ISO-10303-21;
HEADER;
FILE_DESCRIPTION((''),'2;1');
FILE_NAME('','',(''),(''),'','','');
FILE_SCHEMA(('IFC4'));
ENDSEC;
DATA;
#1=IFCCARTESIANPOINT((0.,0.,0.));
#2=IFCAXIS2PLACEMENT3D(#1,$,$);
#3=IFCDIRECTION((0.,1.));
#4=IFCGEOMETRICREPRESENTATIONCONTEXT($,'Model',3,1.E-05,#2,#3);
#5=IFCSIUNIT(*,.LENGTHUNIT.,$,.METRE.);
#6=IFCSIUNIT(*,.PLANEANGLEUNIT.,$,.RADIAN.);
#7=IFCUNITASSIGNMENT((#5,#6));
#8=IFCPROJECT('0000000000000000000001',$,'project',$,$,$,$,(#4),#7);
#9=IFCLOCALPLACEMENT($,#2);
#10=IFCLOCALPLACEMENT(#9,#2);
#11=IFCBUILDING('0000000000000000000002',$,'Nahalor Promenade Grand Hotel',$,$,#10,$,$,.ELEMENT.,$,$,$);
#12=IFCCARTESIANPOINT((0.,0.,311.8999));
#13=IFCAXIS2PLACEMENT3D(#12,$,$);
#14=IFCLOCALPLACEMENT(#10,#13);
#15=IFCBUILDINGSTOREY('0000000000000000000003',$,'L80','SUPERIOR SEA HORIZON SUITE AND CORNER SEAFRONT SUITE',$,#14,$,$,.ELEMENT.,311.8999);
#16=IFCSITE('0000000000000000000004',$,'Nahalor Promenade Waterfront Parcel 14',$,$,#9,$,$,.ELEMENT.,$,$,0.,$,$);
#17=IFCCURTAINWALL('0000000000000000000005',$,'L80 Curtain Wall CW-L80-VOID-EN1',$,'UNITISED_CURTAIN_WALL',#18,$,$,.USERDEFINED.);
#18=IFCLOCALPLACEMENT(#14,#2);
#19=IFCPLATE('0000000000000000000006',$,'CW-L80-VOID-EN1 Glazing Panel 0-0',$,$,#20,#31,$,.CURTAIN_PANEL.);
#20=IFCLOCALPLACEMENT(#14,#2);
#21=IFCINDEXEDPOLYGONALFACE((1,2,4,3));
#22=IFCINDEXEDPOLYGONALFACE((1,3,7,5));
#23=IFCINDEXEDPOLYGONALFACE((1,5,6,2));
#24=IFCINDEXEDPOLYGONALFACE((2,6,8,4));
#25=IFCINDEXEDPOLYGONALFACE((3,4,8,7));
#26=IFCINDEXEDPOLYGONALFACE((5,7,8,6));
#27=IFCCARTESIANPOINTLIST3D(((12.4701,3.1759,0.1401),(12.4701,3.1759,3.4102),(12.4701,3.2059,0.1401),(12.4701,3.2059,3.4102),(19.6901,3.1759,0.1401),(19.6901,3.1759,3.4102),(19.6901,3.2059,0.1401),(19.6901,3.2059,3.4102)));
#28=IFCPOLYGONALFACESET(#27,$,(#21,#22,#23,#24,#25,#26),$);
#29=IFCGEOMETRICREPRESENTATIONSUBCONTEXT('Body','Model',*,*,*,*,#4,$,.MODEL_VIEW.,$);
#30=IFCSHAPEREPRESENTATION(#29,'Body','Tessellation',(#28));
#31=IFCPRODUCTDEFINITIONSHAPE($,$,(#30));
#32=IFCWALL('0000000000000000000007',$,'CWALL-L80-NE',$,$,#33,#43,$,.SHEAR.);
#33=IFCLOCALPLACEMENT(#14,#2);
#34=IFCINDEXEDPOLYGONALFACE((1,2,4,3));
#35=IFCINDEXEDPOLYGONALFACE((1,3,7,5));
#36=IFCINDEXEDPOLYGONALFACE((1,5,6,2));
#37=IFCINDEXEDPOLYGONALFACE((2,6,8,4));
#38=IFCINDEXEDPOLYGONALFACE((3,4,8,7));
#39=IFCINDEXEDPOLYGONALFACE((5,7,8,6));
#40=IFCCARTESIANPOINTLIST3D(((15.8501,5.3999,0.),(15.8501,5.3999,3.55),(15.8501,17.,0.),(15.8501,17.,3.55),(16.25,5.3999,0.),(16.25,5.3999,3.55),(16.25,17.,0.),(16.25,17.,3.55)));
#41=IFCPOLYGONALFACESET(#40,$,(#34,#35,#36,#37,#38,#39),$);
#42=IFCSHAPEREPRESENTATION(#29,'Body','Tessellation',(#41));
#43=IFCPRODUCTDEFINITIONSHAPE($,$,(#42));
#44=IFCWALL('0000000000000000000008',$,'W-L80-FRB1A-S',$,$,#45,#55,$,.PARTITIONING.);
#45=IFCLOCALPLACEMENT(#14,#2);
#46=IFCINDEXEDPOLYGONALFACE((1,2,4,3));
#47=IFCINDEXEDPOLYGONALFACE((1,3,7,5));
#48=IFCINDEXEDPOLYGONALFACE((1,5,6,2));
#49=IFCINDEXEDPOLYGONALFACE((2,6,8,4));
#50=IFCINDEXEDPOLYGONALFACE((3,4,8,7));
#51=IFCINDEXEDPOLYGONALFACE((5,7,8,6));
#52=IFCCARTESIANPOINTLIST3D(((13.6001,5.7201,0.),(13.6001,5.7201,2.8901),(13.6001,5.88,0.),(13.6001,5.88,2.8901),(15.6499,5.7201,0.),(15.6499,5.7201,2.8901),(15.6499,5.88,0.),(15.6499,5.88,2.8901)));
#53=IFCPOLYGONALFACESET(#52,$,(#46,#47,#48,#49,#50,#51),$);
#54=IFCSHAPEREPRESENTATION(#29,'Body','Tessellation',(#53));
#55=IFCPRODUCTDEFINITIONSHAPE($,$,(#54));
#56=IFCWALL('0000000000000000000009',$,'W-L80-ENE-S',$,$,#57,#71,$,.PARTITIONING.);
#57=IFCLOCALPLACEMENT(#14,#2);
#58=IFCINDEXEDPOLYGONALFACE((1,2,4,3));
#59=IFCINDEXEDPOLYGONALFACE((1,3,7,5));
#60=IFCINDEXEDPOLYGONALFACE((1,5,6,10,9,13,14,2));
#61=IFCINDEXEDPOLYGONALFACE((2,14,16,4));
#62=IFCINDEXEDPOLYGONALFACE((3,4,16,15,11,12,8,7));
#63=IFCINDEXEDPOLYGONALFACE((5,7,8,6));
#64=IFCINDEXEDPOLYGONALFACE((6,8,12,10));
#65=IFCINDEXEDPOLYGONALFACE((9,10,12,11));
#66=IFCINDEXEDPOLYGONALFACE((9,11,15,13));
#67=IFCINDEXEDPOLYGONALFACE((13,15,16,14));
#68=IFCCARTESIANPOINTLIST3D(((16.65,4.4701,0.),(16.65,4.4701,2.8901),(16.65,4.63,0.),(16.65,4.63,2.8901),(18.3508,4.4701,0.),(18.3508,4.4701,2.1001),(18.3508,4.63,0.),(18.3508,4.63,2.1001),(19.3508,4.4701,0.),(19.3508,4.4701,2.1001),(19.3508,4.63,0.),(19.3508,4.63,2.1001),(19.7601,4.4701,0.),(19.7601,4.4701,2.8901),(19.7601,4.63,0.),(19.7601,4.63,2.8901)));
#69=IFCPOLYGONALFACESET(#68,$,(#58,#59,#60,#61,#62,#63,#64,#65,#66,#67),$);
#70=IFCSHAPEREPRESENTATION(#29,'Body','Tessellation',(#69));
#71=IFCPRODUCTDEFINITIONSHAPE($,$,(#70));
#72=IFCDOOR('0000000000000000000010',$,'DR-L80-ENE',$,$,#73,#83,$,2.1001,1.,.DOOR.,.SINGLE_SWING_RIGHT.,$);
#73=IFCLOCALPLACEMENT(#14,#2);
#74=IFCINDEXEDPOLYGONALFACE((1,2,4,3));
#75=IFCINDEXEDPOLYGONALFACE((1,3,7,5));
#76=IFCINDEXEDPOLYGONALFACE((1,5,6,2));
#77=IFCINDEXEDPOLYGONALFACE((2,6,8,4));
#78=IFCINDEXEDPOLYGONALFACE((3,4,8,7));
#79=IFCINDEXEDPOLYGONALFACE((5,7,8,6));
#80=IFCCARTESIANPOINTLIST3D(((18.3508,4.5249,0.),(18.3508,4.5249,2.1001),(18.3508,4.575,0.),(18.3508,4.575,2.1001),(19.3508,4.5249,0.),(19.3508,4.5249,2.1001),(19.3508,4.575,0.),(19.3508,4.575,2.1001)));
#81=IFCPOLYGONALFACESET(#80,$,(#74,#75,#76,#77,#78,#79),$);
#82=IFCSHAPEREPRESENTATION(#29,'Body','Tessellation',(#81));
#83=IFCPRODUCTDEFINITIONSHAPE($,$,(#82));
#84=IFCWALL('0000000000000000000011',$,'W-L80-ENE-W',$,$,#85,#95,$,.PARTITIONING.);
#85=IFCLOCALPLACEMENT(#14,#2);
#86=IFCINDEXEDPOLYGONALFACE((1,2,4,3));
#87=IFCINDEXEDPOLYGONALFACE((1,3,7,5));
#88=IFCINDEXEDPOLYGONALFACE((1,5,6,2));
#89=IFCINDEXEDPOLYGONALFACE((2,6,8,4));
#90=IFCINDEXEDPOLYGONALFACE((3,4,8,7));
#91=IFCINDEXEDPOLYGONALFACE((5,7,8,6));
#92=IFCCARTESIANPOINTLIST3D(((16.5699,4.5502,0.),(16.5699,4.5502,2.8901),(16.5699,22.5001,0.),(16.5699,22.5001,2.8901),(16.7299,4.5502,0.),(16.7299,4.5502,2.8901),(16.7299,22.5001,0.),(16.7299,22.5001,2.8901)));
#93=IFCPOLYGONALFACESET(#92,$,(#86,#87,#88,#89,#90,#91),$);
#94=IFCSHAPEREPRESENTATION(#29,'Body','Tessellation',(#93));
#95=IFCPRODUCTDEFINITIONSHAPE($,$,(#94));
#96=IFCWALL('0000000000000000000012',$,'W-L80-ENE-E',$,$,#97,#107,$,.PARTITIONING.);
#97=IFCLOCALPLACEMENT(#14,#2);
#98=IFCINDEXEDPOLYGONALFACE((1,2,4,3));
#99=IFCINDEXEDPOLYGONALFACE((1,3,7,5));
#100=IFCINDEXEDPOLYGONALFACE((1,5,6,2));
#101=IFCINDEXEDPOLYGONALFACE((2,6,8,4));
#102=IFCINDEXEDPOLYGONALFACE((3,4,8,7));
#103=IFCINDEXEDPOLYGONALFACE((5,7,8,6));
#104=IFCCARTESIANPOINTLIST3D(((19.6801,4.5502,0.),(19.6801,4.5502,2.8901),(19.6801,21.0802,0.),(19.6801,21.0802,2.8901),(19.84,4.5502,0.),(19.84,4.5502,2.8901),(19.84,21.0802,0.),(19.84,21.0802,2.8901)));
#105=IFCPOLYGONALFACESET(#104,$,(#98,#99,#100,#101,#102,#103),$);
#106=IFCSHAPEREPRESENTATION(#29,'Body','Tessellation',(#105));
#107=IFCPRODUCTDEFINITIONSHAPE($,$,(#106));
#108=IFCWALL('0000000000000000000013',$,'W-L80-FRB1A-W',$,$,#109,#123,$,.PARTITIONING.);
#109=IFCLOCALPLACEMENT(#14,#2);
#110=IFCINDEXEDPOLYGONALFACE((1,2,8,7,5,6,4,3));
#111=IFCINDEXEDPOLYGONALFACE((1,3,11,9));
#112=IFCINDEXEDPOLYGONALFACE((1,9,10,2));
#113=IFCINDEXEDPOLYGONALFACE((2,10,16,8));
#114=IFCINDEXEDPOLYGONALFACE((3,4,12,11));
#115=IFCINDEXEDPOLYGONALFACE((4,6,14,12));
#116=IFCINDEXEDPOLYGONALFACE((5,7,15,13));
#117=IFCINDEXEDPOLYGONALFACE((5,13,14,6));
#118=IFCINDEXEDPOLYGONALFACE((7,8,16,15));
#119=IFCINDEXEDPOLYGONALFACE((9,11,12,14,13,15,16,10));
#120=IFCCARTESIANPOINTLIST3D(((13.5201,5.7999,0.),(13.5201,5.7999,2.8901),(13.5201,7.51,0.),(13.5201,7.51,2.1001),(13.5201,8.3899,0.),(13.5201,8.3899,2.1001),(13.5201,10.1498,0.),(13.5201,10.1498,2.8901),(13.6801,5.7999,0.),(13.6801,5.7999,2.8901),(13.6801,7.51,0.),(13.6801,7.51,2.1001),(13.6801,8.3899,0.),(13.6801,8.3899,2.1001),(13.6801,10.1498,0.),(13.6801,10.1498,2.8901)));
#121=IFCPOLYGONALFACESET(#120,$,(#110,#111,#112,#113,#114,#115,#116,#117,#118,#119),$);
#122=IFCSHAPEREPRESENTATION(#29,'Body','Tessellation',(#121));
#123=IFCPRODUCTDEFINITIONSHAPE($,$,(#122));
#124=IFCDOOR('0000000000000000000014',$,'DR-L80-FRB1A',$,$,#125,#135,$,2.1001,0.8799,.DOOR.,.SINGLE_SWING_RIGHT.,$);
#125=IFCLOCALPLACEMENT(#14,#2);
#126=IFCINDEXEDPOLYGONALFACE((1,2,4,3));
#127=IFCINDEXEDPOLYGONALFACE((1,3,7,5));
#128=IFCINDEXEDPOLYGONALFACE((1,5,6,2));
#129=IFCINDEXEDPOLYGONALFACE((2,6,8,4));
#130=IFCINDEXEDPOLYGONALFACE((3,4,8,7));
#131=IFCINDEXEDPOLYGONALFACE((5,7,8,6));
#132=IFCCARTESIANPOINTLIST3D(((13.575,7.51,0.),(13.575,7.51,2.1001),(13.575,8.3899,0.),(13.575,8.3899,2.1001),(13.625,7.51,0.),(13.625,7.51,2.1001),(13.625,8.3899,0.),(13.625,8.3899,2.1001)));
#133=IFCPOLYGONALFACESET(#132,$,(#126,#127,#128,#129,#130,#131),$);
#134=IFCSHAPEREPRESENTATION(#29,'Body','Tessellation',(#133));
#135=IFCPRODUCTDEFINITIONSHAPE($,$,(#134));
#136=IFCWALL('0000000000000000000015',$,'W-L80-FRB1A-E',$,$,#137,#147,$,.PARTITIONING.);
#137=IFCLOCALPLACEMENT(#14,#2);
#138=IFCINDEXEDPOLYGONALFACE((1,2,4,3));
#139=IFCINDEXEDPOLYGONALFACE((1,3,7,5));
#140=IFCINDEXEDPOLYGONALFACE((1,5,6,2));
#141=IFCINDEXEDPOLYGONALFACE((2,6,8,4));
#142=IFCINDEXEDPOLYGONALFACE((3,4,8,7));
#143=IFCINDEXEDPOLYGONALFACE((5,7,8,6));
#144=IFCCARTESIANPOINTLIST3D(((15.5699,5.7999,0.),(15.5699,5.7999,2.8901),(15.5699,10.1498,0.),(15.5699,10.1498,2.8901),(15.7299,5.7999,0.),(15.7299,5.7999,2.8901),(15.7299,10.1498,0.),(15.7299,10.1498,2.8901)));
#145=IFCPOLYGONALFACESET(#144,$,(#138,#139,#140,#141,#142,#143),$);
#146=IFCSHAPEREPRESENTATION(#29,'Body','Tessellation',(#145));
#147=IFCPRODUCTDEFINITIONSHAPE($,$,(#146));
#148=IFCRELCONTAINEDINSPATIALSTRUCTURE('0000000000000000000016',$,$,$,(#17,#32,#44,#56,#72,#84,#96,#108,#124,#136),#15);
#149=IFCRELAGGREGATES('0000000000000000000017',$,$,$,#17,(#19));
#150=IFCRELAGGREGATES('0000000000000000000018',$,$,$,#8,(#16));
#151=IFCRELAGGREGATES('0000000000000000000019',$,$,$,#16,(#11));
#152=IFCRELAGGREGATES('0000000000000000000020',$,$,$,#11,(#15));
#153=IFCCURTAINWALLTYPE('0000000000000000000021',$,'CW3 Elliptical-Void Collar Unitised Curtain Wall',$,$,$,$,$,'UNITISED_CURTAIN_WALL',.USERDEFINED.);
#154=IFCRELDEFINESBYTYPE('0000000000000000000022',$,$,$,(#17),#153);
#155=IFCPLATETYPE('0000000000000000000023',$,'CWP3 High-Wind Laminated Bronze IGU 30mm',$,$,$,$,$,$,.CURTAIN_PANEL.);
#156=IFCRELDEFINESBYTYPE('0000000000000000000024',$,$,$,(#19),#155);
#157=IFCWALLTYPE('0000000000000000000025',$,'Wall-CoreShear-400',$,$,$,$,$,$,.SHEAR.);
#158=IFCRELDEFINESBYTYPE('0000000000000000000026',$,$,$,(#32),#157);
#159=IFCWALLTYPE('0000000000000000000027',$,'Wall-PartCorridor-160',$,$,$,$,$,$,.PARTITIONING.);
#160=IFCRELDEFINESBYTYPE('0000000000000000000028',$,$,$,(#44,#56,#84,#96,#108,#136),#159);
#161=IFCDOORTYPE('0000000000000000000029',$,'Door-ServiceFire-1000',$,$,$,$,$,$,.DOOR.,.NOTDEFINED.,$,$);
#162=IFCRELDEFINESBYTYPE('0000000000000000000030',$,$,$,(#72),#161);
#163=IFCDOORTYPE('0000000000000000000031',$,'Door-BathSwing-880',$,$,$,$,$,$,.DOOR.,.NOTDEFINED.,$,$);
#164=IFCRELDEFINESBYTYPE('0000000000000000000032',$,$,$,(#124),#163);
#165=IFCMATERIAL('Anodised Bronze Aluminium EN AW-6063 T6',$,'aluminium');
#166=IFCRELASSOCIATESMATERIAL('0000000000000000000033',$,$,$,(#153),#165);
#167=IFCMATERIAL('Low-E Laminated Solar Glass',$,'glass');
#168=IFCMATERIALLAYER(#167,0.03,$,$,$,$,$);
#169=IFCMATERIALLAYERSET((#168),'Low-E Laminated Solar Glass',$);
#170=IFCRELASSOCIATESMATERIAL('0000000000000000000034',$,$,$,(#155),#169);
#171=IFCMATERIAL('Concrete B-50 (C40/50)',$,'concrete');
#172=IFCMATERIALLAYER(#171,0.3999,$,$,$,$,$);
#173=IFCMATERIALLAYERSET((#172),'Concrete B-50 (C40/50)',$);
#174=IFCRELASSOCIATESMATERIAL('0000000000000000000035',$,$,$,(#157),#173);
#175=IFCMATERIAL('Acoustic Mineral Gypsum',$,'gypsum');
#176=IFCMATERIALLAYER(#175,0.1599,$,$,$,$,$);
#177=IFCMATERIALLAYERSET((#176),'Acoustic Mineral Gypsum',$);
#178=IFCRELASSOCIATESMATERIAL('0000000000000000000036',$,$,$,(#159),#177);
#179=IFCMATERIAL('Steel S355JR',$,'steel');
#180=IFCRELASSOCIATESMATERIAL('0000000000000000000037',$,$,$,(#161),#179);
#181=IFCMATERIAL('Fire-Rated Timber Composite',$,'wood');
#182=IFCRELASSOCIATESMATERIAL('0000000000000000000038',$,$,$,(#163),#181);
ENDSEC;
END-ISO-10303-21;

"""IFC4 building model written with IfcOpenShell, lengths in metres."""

from ifc_helpers import new_model, si_unit, direction, frame, frame_2d, origin, origin_2d, place, context, subcontext, project, spatial, rectangle, extrude, source, transform, mapped, material, layer, layer_set, type_object, element, fill, aggregate, save


model = new_model("IFC4")

# Units and contexts
model_context = context("Model", 3, precision=1e-05, world=origin(), true_north=direction((0.0, 1.0)))
body_context = subcontext(model_context, "Body", "Model", "MODEL_VIEW")
ifc_project = project(units=[si_unit("LENGTHUNIT", "METRE"), si_unit("PLANEANGLEUNIT", "RADIAN")], contexts=[model_context])

# Site, building, storey
site_placement = place(None, origin())
site = spatial("IfcSite", under=ifc_project, at=site_placement, Name="Nahalor Promenade Waterfront Parcel 14", CompositionType="ELEMENT", RefElevation=0.0)
building_placement = place(site_placement, origin())
building = spatial("IfcBuilding", under=site, at=building_placement, Name="Nahalor Promenade Grand Hotel", CompositionType="ELEMENT")
storey_placement = place(building_placement, frame((0.0, 0.0, 311.8999)))
storey = spatial("IfcBuildingStorey", under=building, at=storey_placement, Name="L80", Description="SUPERIOR SEA HORIZON SUITE AND CORNER SEAFRONT SUITE", CompositionType="ELEMENT", Elevation=311.8999)

# Shared definitions
ifc_material_1 = material(Name="Steel S355JR", Category="steel")

# Curtain wall
ifc_material_2 = material(Name="Anodised Bronze Aluminium EN AW-6063 T6", Category="aluminium")
curtain_wall_type = type_object("IfcCurtainWallType", Name="CW3 Elliptical-Void Collar Unitised Curtain Wall", ElementType="UNITISED_CURTAIN_WALL", PredefinedType="USERDEFINED", material=ifc_material_2)
curtain_wall_1_placement = place(storey_placement, origin())
curtain_wall_1 = element("IfcCurtainWall", 1, at=curtain_wall_1_placement, inside=storey, type_object=curtain_wall_type, Name="L80 Curtain Wall CW-L80-VOID-EN1", ObjectType="UNITISED_CURTAIN_WALL", PredefinedType="USERDEFINED")

# Plate
ifc_material_3 = material(Name="Low-E Laminated Solar Glass", Category="glass")
ifc_layer_1 = layer(ifc_material_3, 0.03)
ifc_layer_set_1 = layer_set([ifc_layer_1], Name="Low-E Laminated Solar Glass")
plate_type_1 = type_object("IfcPlateType", Name="CWP3 High-Wind Laminated Bronze IGU 30mm", PredefinedType="CURTAIN_PANEL", material=ifc_layer_set_1)
shared_shape_1 = source(origin(), body_context, "Body", "SweptSolid", [
    extrude(rectangle(XDim=7.22, YDim=0.03, at=origin_2d()), origin(), (0.0, 0.0, 1.0), 3.27),
])
plate_1_placement = place(storey_placement, frame((16.0801, 3.1909, 0.1401), z_axis=(0.0, 0.0, 1.0), x_axis=(1.0, 0.0, 0.0)))
plate_1 = element("IfcPlate", 2, at=plate_1_placement, type_object=plate_type_1, Name="CW-L80-VOID-EN1 Glazing Panel 0-0", PredefinedType="CURTAIN_PANEL", context=body_context, shape_type="MappedRepresentation", body=[
    mapped(shared_shape_1, transform((0.0, 0.0, 0.0), scale=1.0)),
])
aggregate(curtain_wall_1, [plate_1])

# Walls
ifc_material_4 = material(Name="Concrete B-50 (C40/50)", Category="concrete")
ifc_layer_2 = layer(ifc_material_4, 0.3999)
ifc_layer_set_2 = layer_set([ifc_layer_2], Name="Concrete B-50 (C40/50)")
wall_type_1 = type_object("IfcWallType", Name="Wall-CoreShear-400", PredefinedType="SHEAR", material=ifc_layer_set_2)
shared_shape_2 = source(origin(), body_context, "Body", "SweptSolid", [
    extrude(rectangle(XDim=11.6001, YDim=0.3999, at=frame_2d((5.8, 0.0))), origin(), (0.0, 0.0, 1.0), 3.55),
])
wall_1_placement = place(storey_placement, frame((16.05, 5.3999, 0.0), z_axis=(0.0, 0.0, 1.0), x_axis=(0.0, 1.0, 0.0)))
element("IfcWall", 3, at=wall_1_placement, inside=storey, type_object=wall_type_1, Name="CWALL-L80-NE", PredefinedType="SHEAR", context=body_context, shape_type="MappedRepresentation", body=[
    mapped(shared_shape_2, transform((0.0, 0.0, 0.0), scale=1.0)),
])
ifc_material_5 = material(Name="Acoustic Mineral Gypsum", Category="gypsum")
ifc_layer_3 = layer(ifc_material_5, 0.1599)
ifc_layer_set_3 = layer_set([ifc_layer_3], Name="Acoustic Mineral Gypsum")
wall_type_2 = type_object("IfcWallType", Name="Wall-PartCorridor-160", PredefinedType="PARTITIONING", material=ifc_layer_set_3)
shared_shape_3 = source(origin(), body_context, "Body", "SweptSolid", [
    extrude(rectangle(XDim=2.0498, YDim=0.1599, at=frame_2d((1.0249, 0.0))), origin(), (0.0, 0.0, 1.0), 2.8901),
])
wall_2_placement = place(storey_placement, frame((13.6001, 5.8, 0.0), z_axis=(0.0, 0.0, 1.0), x_axis=(1.0, 0.0, 0.0)))
element("IfcWall", 4, at=wall_2_placement, inside=storey, type_object=wall_type_2, Name="W-L80-FRB1A-S", PredefinedType="PARTITIONING", context=body_context, shape_type="MappedRepresentation", body=[
    mapped(shared_shape_3, transform((0.0, 0.0, 0.0), scale=1.0)),
])

# Wall, opening, door
shared_shape_4 = source(origin(), body_context, "Body", "SweptSolid", [
    extrude(rectangle(XDim=3.1101, YDim=0.1599, at=frame_2d((1.5552, 0.0))), origin(), (0.0, 0.0, 1.0), 2.8901),
])
wall_3_placement = place(storey_placement, frame((16.6499, 4.55, 0.0), z_axis=(0.0, 0.0, 1.0), x_axis=(1.0, 0.0, 0.0)))
wall_3 = element("IfcWall", 5, at=wall_3_placement, inside=storey, type_object=wall_type_2, Name="W-L80-ENE-S", PredefinedType="PARTITIONING", context=body_context, shape_type="MappedRepresentation", body=[
    mapped(shared_shape_4, transform((0.0, 0.0, 0.0), scale=1.0)),
])
opening_1_placement = place(wall_3_placement, frame((1.7009, 0.0, 0.0)))
opening_1 = element("IfcOpeningElement", 6, at=opening_1_placement, cuts=wall_3, PredefinedType="OPENING", context=body_context, shape_type="SweptSolid", body=[
    extrude(rectangle(XDim=1.0, YDim=2.1001, at=frame_2d((0.5, 1.05))), frame((0.0, 0.0898, 0.0), z_axis=(0.0, -1.0, 0.0), x_axis=(1.0, 0.0, 0.0)), (0.0, 0.0, 1.0), 0.1799),
])
door_type_1 = type_object("IfcDoorType", Name="Door-ServiceFire-1000", OperationType="NOTDEFINED", PredefinedType="DOOR", material=ifc_material_1)
shared_shape_5 = source(origin(), body_context, "Body", "SweptSolid", [
    extrude(rectangle(XDim=1.0, YDim=2.1001, at=frame_2d((0.5, 1.05))), frame((0.0, 0.0249, 0.0), z_axis=(0.0, -1.0, 0.0), x_axis=(1.0, 0.0, 0.0)), (0.0, 0.0, 1.0), 0.05),
])
door_1_placement = place(opening_1_placement, origin())
door_1 = element("IfcDoor", 7, at=door_1_placement, inside=storey, type_object=door_type_1, Name="DR-L80-ENE", OperationType="SINGLE_SWING_RIGHT", OverallHeight=2.1001, OverallWidth=1.0, PredefinedType="DOOR", context=body_context, shape_type="MappedRepresentation", body=[
    mapped(shared_shape_5, transform((0.0, 0.0, 0.0), scale=1.0)),
])
fill(opening_1, door_1)

# Walls
shared_shape_6 = source(origin(), body_context, "Body", "SweptSolid", [
    extrude(rectangle(XDim=17.95, YDim=0.1599, at=frame_2d((8.9751, 0.0))), origin(), (0.0, 0.0, 1.0), 2.8901),
])
wall_4_placement = place(storey_placement, frame((16.6499, 4.55, 0.0), z_axis=(0.0, 0.0, 1.0), x_axis=(0.0, 1.0, 0.0)))
element("IfcWall", 8, at=wall_4_placement, inside=storey, type_object=wall_type_2, Name="W-L80-ENE-W", PredefinedType="PARTITIONING", context=body_context, shape_type="MappedRepresentation", body=[
    mapped(shared_shape_6, transform((0.0, 0.0, 0.0), scale=1.0)),
])
shared_shape_7 = source(origin(), body_context, "Body", "SweptSolid", [
    extrude(rectangle(XDim=16.53, YDim=0.1599, at=frame_2d((8.2651, 0.0))), origin(), (0.0, 0.0, 1.0), 2.8901),
])
wall_5_placement = place(storey_placement, frame((19.76, 4.55, 0.0), z_axis=(0.0, 0.0, 1.0), x_axis=(0.0, 1.0, 0.0)))
element("IfcWall", 9, at=wall_5_placement, inside=storey, type_object=wall_type_2, Name="W-L80-ENE-E", PredefinedType="PARTITIONING", context=body_context, shape_type="MappedRepresentation", body=[
    mapped(shared_shape_7, transform((0.0, 0.0, 0.0), scale=1.0)),
])

# Wall, opening, door
shared_shape_8 = source(origin(), body_context, "Body", "SweptSolid", [
    extrude(rectangle(XDim=4.3499, YDim=0.1599, at=frame_2d((2.1748, 0.0))), origin(), (0.0, 0.0, 1.0), 2.8901),
])
wall_6_placement = place(storey_placement, frame((13.6001, 5.8, 0.0), z_axis=(0.0, 0.0, 1.0), x_axis=(0.0, 1.0, 0.0)))
wall_6 = element("IfcWall", 10, at=wall_6_placement, inside=storey, type_object=wall_type_2, Name="W-L80-FRB1A-W", PredefinedType="PARTITIONING", context=body_context, shape_type="MappedRepresentation", body=[
    mapped(shared_shape_8, transform((0.0, 0.0, 0.0), scale=1.0)),
])
opening_2_placement = place(wall_6_placement, frame((1.71, 0.0, 0.0)))
opening_2 = element("IfcOpeningElement", 11, at=opening_2_placement, cuts=wall_6, PredefinedType="OPENING", context=body_context, shape_type="SweptSolid", body=[
    extrude(rectangle(XDim=0.8799, YDim=2.1001, at=frame_2d((0.4399, 1.05))), frame((0.0, 0.0898, 0.0), z_axis=(0.0, -1.0, 0.0), x_axis=(1.0, 0.0, 0.0)), (0.0, 0.0, 1.0), 0.1799),
])
ifc_material_6 = material(Name="Fire-Rated Timber Composite", Category="wood")
door_type_2 = type_object("IfcDoorType", Name="Door-BathSwing-880", OperationType="NOTDEFINED", PredefinedType="DOOR", material=ifc_material_6)
shared_shape_9 = source(origin(), body_context, "Body", "SweptSolid", [
    extrude(rectangle(XDim=0.8799, YDim=2.1001, at=frame_2d((0.4399, 1.05))), frame((0.0, 0.0249, 0.0), z_axis=(0.0, -1.0, 0.0), x_axis=(1.0, 0.0, 0.0)), (0.0, 0.0, 1.0), 0.05),
])
door_2_placement = place(opening_2_placement, frame((0.8799, 0.0, 0.0), z_axis=(0.0, 0.0, 1.0), x_axis=(-1.0, 0.0, 0.0)))
door_2 = element("IfcDoor", 12, at=door_2_placement, inside=storey, type_object=door_type_2, Name="DR-L80-FRB1A", OperationType="SINGLE_SWING_RIGHT", OverallHeight=2.1001, OverallWidth=0.8799, PredefinedType="DOOR", context=body_context, shape_type="MappedRepresentation", body=[
    mapped(shared_shape_9, transform((0.0, 0.0, 0.0), scale=1.0)),
])
fill(opening_2, door_2)

# Wall
wall_7_placement = place(storey_placement, frame((15.6499, 5.8, 0.0), z_axis=(0.0, 0.0, 1.0), x_axis=(0.0, 1.0, 0.0)))
element("IfcWall", 13, at=wall_7_placement, inside=storey, type_object=wall_type_2, Name="W-L80-FRB1A-E", PredefinedType="PARTITIONING", context=body_context, shape_type="MappedRepresentation", body=[
    mapped(shared_shape_8, transform((0.0, 0.0, 0.0), scale=1.0)),
])

save(model, "model.ifc")
